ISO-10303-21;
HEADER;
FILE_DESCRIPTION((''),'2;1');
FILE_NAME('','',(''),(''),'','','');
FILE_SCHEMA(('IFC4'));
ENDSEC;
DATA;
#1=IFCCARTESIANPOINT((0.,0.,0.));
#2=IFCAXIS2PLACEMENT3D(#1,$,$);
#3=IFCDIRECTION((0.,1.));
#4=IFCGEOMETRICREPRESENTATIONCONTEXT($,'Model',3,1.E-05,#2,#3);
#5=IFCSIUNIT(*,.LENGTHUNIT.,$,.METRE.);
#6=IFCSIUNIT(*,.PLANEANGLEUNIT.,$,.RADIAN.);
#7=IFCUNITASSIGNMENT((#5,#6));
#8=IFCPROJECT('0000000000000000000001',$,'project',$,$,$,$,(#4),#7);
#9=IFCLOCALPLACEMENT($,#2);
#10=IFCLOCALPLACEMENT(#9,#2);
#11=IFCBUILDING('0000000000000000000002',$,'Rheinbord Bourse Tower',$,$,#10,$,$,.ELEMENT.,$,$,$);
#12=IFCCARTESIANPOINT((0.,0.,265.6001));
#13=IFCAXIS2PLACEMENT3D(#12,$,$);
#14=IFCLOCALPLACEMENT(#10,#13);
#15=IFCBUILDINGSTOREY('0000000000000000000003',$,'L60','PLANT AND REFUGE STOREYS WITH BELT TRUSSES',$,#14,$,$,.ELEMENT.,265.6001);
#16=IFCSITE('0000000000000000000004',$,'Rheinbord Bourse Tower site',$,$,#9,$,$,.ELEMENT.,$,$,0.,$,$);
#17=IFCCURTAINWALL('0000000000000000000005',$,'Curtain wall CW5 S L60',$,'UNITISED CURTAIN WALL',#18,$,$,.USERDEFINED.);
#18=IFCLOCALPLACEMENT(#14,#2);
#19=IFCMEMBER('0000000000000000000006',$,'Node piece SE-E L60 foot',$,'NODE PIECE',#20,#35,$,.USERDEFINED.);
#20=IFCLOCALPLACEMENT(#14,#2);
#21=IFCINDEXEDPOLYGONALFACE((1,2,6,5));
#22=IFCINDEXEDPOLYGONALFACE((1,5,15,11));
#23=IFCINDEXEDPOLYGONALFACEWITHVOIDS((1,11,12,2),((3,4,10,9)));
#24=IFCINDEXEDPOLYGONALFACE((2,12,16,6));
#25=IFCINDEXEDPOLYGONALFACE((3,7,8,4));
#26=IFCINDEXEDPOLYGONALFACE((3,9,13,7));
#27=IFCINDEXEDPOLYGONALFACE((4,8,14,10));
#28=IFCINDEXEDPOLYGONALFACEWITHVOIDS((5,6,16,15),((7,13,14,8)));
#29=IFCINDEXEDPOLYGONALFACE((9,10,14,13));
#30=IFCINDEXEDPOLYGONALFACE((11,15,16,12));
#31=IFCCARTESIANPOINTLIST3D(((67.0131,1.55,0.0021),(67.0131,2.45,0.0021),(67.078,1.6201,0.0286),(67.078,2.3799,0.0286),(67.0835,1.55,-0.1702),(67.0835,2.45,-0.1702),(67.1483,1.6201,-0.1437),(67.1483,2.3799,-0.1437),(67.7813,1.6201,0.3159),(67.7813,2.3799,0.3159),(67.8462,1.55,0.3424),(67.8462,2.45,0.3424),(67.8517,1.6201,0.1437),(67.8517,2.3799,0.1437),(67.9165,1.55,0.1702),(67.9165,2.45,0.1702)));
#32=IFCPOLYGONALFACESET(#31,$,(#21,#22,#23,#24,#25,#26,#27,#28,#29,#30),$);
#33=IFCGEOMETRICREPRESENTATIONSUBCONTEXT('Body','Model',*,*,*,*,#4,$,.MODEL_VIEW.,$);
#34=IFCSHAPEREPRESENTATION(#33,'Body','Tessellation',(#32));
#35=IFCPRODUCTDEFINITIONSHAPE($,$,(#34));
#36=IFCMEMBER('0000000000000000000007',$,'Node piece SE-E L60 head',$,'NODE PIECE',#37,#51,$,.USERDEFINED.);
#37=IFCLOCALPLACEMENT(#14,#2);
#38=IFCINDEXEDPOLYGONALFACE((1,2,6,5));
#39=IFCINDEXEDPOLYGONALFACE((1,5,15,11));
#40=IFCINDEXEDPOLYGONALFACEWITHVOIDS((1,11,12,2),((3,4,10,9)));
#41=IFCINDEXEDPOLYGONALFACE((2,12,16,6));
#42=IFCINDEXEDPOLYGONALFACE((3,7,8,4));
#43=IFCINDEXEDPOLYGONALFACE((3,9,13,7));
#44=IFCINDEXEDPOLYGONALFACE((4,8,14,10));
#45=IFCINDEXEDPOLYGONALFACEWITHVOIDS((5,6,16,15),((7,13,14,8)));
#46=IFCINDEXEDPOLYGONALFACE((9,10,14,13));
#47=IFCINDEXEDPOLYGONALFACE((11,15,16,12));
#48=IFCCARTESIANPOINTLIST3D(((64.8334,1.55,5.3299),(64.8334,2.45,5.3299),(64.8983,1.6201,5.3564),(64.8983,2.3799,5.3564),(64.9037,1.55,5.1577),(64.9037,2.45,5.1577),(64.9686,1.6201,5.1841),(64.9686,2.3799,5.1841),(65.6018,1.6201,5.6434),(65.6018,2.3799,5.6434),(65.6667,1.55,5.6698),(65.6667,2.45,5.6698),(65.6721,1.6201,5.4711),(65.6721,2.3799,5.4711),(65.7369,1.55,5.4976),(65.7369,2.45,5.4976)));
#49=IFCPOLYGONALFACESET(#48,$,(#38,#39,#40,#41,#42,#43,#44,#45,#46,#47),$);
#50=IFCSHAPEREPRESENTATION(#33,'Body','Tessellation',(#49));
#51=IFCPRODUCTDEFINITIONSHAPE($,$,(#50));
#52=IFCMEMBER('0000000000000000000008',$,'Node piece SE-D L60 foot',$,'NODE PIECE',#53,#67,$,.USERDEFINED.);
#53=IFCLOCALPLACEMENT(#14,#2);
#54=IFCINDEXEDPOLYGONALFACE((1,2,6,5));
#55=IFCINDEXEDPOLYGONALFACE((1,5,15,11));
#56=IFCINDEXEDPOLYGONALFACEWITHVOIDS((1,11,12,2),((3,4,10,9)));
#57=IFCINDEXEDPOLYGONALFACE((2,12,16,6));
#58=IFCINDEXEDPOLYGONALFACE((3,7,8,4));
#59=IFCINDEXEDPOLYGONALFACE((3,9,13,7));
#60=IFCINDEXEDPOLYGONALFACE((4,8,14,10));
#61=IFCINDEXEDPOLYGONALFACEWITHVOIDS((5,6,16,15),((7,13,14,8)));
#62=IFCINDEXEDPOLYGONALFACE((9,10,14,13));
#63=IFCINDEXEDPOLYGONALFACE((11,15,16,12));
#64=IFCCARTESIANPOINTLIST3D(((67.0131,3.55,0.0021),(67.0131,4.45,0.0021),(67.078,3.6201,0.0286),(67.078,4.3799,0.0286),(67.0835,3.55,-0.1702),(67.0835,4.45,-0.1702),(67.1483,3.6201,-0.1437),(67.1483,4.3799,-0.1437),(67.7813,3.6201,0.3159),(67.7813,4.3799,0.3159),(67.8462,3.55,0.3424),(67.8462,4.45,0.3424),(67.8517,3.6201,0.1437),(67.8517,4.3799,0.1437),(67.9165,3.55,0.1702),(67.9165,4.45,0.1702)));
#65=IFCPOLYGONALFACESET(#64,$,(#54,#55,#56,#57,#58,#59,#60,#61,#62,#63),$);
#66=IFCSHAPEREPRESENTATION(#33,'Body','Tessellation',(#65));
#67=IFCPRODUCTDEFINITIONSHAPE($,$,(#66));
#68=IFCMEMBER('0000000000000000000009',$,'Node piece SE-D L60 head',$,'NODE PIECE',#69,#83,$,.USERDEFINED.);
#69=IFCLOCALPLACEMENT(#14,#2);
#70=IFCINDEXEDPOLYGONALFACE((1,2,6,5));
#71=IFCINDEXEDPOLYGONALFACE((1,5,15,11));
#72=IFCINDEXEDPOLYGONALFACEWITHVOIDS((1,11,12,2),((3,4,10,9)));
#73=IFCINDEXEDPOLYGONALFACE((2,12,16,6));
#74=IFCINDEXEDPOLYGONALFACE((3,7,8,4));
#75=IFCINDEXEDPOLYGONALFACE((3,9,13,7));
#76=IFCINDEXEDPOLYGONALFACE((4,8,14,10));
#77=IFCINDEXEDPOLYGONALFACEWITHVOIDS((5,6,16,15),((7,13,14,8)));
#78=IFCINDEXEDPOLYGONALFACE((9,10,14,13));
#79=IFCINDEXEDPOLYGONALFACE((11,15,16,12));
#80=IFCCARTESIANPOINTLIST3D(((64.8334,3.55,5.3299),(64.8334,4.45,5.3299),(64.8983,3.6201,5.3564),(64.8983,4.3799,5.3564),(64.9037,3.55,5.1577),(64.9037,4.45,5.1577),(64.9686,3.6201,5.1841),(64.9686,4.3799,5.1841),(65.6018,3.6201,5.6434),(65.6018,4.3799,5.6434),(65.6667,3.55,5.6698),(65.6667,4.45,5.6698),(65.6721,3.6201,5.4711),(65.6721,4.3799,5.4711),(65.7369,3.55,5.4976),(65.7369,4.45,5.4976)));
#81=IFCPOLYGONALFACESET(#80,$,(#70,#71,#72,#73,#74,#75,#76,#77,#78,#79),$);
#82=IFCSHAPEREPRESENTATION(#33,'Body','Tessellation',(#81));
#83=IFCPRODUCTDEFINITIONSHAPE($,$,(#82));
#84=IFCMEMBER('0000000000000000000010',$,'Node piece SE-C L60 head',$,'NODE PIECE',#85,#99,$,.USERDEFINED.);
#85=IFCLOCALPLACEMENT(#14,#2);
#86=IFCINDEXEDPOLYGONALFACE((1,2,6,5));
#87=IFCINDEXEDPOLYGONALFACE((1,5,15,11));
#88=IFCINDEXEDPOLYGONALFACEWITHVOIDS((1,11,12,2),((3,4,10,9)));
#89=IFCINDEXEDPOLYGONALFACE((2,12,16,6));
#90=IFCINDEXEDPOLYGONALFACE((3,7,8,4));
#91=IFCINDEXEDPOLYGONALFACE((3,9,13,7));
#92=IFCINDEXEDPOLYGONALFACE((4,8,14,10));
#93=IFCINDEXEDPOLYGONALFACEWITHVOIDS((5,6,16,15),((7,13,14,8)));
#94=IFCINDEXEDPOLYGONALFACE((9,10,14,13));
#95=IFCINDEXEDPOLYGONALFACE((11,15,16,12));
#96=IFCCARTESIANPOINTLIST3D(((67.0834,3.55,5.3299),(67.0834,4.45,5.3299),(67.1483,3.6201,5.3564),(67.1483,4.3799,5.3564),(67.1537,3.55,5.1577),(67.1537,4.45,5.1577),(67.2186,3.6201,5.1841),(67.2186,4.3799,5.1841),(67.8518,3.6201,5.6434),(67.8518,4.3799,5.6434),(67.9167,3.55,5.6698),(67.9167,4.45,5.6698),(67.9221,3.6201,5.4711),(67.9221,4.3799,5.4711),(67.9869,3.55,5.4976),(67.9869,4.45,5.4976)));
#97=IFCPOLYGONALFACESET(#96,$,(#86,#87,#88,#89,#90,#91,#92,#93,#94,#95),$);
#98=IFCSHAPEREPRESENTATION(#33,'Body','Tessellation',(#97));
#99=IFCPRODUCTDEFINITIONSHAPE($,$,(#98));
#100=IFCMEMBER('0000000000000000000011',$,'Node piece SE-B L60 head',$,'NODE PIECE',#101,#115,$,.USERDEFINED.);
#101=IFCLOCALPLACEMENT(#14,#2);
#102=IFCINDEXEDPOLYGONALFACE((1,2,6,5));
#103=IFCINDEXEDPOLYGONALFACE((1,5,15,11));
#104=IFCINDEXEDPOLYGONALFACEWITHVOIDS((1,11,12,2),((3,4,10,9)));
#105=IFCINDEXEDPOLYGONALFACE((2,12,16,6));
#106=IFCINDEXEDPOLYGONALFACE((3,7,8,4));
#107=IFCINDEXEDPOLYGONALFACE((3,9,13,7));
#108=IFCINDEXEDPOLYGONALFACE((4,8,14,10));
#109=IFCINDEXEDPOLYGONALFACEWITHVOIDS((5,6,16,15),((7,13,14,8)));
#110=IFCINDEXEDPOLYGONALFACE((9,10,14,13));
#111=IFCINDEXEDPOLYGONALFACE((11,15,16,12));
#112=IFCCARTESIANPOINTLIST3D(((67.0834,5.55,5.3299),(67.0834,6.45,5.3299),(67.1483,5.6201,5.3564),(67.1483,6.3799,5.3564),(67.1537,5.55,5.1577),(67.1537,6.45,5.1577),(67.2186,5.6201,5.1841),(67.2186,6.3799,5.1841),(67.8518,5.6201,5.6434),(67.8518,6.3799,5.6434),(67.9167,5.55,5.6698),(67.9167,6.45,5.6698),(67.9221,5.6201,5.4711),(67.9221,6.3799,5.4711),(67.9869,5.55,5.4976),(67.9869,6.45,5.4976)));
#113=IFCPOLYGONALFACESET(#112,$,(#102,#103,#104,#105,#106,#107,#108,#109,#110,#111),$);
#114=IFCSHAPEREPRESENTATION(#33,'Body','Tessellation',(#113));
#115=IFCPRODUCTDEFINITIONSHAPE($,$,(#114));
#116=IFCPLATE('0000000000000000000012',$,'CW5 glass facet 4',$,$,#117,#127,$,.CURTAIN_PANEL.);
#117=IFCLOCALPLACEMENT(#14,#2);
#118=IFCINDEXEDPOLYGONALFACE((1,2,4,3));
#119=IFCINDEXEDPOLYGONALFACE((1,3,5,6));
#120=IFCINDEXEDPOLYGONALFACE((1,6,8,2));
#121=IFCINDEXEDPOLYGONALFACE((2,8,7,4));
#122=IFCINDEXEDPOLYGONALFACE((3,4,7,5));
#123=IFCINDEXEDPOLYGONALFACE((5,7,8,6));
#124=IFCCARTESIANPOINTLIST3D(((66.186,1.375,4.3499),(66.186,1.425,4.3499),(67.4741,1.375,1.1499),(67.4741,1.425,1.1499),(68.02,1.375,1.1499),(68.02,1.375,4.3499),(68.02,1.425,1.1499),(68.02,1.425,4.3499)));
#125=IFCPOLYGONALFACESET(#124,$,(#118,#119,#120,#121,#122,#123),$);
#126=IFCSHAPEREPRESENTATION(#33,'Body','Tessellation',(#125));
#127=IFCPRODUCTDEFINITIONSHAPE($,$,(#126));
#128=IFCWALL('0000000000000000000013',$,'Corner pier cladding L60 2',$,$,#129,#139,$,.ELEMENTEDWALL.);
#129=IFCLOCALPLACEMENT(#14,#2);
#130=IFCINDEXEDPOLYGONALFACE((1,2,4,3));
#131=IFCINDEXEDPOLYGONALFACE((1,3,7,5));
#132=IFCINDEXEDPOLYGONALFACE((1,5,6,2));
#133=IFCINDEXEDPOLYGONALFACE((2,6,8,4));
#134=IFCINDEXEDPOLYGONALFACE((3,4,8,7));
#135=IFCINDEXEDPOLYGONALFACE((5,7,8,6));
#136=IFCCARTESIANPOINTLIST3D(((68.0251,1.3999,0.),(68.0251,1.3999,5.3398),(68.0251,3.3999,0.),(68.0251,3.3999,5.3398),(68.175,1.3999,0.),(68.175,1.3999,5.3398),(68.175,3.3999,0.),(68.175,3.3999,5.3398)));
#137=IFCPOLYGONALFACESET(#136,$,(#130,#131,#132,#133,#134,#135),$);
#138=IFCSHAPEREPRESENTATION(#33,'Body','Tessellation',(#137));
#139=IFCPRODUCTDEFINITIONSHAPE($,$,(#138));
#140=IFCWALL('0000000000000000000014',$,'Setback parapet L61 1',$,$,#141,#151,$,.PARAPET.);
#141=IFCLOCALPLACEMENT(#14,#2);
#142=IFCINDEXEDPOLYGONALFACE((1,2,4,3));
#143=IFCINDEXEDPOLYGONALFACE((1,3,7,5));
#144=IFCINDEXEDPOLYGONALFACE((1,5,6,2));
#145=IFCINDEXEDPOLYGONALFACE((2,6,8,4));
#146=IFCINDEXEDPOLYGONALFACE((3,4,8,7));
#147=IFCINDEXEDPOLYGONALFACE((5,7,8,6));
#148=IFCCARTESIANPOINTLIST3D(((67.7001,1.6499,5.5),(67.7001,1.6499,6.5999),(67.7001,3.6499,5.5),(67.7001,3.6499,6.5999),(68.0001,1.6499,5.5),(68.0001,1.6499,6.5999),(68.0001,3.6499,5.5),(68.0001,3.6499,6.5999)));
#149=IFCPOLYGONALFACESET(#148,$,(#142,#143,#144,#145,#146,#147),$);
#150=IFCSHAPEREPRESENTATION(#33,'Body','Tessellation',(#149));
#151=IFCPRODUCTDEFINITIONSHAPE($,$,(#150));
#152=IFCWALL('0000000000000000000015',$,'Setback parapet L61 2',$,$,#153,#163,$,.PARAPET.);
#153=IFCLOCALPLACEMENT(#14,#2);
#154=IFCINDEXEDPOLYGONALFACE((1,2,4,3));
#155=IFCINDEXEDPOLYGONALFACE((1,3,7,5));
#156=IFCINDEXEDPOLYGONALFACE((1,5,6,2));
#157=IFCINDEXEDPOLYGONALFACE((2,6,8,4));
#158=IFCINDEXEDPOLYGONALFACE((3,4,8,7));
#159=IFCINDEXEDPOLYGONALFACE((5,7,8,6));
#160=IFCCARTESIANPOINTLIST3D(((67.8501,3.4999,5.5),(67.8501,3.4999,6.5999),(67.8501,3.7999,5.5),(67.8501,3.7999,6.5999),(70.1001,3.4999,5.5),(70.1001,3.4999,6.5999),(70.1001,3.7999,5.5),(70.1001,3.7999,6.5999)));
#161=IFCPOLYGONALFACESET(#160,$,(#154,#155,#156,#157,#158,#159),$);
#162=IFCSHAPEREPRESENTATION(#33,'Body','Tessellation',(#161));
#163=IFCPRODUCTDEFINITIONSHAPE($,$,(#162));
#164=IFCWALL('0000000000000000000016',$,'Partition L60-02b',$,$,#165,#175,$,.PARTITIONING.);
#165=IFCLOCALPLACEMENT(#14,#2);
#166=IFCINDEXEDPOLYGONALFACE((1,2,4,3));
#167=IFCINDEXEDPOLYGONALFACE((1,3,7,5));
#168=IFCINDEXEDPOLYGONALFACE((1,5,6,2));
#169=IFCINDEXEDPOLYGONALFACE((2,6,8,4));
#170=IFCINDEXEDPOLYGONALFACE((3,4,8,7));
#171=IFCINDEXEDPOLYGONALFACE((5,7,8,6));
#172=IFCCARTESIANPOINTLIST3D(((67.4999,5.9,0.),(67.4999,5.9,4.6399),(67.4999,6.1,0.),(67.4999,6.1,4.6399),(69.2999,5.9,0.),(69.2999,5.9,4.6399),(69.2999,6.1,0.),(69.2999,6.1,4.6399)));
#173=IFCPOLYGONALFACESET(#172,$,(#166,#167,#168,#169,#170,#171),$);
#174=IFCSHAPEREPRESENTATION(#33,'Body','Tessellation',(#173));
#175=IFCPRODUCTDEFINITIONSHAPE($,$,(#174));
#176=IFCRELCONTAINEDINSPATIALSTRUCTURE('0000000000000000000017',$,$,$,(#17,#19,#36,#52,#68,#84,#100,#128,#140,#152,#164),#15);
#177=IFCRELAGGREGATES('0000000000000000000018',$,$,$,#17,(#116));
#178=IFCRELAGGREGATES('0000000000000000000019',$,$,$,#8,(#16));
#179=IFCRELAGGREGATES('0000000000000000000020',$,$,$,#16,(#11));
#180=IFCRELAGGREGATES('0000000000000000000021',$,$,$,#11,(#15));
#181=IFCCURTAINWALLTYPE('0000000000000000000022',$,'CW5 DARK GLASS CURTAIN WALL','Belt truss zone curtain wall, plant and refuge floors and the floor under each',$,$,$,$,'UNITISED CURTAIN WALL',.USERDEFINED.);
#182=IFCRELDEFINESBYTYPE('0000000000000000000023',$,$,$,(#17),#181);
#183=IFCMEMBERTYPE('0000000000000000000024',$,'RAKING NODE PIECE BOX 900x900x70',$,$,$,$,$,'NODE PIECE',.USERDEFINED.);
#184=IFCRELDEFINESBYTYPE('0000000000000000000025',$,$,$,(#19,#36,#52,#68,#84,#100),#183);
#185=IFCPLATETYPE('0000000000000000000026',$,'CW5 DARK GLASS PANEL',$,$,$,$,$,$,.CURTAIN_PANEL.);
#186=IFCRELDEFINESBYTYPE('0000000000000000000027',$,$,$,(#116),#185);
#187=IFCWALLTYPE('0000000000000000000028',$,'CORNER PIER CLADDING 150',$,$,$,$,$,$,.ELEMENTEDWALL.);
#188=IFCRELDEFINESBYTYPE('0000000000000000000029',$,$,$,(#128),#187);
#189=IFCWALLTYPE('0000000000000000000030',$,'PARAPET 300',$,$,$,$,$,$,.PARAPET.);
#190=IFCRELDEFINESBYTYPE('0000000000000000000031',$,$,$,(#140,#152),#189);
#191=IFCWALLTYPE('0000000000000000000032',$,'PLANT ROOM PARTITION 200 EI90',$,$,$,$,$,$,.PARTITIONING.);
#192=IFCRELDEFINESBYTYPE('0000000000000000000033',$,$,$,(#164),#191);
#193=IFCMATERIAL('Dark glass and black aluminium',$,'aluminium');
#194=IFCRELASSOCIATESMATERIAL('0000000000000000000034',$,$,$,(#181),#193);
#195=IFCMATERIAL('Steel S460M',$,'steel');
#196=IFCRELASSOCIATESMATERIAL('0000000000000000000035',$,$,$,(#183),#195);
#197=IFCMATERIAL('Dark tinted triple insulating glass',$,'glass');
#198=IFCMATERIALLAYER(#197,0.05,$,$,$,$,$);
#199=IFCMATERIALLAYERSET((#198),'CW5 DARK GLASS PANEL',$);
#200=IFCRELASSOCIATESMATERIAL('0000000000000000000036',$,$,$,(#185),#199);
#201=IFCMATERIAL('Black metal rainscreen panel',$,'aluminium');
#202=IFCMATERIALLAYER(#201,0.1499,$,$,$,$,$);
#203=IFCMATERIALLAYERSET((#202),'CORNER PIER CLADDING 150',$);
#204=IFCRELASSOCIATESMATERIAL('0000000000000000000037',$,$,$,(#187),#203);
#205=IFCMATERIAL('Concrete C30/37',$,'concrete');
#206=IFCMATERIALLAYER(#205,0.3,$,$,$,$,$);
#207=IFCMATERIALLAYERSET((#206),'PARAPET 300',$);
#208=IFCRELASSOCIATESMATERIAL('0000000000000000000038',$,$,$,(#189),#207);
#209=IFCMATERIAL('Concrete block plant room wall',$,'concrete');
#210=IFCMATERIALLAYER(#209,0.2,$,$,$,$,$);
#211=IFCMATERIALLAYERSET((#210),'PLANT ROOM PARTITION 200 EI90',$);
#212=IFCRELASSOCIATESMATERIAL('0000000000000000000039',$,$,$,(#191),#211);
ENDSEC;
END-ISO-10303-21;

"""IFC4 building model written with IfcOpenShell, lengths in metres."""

from ifc_helpers import new_model, si_unit, direction, frame, frame_2d, origin, origin_2d, place, context, subcontext, project, spatial, polyline, rectangle, hollow_rectangle, outline, extrude, material, layer, layer_set, material_profile, profile_set, type_object, element, aggregate, save


model = new_model("IFC4")

# Units and contexts
model_context = context("Model", 3, precision=1e-05, world=origin(), true_north=direction((0.0, 1.0)))
body_context = subcontext(model_context, "Body", "Model", "MODEL_VIEW")
ifc_project = project(units=[si_unit("LENGTHUNIT", "METRE"), si_unit("PLANEANGLEUNIT", "RADIAN")], contexts=[model_context])

# Site, building, storey
site_placement = place(None, origin())
site = spatial("IfcSite", under=ifc_project, at=site_placement, Name="Rheinbord Bourse Tower site", CompositionType="ELEMENT", RefElevation=0.0)
building_placement = place(site_placement, origin())
building = spatial("IfcBuilding", under=site, at=building_placement, Name="Rheinbord Bourse Tower", CompositionType="ELEMENT")
storey_placement = place(building_placement, frame((0.0, 0.0, 265.6001)))
storey = spatial("IfcBuildingStorey", under=building, at=storey_placement, Name="L60", Description="PLANT AND REFUGE STOREYS WITH BELT TRUSSES", CompositionType="ELEMENT", Elevation=265.6001)

# Curtain wall
ifc_material_1 = material(Name="Dark glass and black aluminium", Category="aluminium")
curtain_wall_type = type_object("IfcCurtainWallType", Name="CW5 DARK GLASS CURTAIN WALL", Description="Belt truss zone curtain wall, plant and refuge floors and the floor under each", ElementType="UNITISED CURTAIN WALL", PredefinedType="USERDEFINED", material=ifc_material_1)
curtain_wall_placement = place(storey_placement, origin())
curtain_wall = element("IfcCurtainWall", 1, at=curtain_wall_placement, inside=storey, type_object=curtain_wall_type, Name="Curtain wall CW5 S L60", ObjectType="UNITISED CURTAIN WALL", PredefinedType="USERDEFINED")

# Members
ifc_material_2 = material(Name="Steel S460M", Category="steel")
ifc_material_profile_1 = material_profile(ifc_material_2, hollow_rectangle(XDim=0.8999, YDim=0.8999, WallThickness=0.0701, at=origin_2d()), Name="BOX 900x900x70")
ifc_profile_set_1 = profile_set([ifc_material_profile_1], Name="Steel S460M")
member_type_1 = type_object("IfcMemberType", Name="RAKING NODE PIECE BOX 900x900x70", ElementType="NODE PIECE", PredefinedType="USERDEFINED", material=ifc_profile_set_1)
for number, where, z_axis, x_axis, name in (
    (2, (67.5, 2.0, 0.0), (-0.378173, 0.0, 0.925735), (0.0, -1.0, 0.0), "Node piece SE-E L60 foot"),
    (3, (65.3203, 2.0, 5.3276), (-0.377713, 0.0, 0.925923), (0.0, -1.0, 0.0), "Node piece SE-E L60 head"),
    (4, (67.5, 4.0, 0.0), (-0.378173, 0.0, 0.925735), (0.0, -1.0, 0.0), "Node piece SE-D L60 foot"),
    (5, (65.3203, 4.0, 5.3276), (-0.377713, 0.0, 0.925923), (0.0, -1.0, 0.0), "Node piece SE-D L60 head"),
    (6, (67.5703, 4.0, 5.3276), (-0.377713, 0.0, 0.925923), (0.925923, 0.0, 0.377713), "Node piece SE-C L60 head"),
    (7, (67.5703, 6.0, 5.3276), (-0.377713, 0.0, 0.925923), (0.925923, 0.0, 0.377713), "Node piece SE-B L60 head"),
):
    element("IfcMember", number, at=place(storey_placement, frame(where, z_axis=z_axis, x_axis=x_axis)), inside=storey, type_object=member_type_1, Name=name, ObjectType="NODE PIECE", PredefinedType="USERDEFINED", context=body_context, shape_type="SweptSolid", body=[
        extrude(hollow_rectangle(XDim=0.8999, YDim=0.8999, WallThickness=0.0701, at=origin_2d()), origin(), (0.0, 0.0, 1.0), 0.186),
    ])

# Plate
ifc_material_3 = material(Name="Dark tinted triple insulating glass", Category="glass")
ifc_layer_1 = layer(ifc_material_3, 0.05)
ifc_layer_set_1 = layer_set([ifc_layer_1], Name="CW5 DARK GLASS PANEL")
plate_type = type_object("IfcPlateType", Name="CW5 DARK GLASS PANEL", PredefinedType="CURTAIN_PANEL", material=ifc_layer_set_1)
plate_placement = place(storey_placement, frame((68.02, 1.375, 4.3499), z_axis=(0.0, 1.0, 0.0), x_axis=(0.0, 0.0, -1.0)))
plate = element("IfcPlate", 8, at=plate_placement, type_object=plate_type, Name="CW5 glass facet 4", PredefinedType="CURTAIN_PANEL", context=body_context, shape_type="SweptSolid", body=[
    extrude(outline(polyline([(0.0, 0.0), (3.2, 0.0), (3.2, 0.5459), (0.0, 1.834), (0.0, 0.0)])), origin(), (0.0, 0.0, 1.0), 0.05),
])
aggregate(curtain_wall, [plate])

# Walls
ifc_material_4 = material(Name="Black metal rainscreen panel", Category="aluminium")
ifc_layer_2 = layer(ifc_material_4, 0.1499)
ifc_layer_set_2 = layer_set([ifc_layer_2], Name="CORNER PIER CLADDING 150")
wall_type_1 = type_object("IfcWallType", Name="CORNER PIER CLADDING 150", PredefinedType="ELEMENTEDWALL", material=ifc_layer_set_2)
wall_1_placement = place(storey_placement, frame((68.1001, 1.3999, 0.0), z_axis=(0.0, 0.0, 1.0), x_axis=(0.0, 1.0, 0.0)))
element("IfcWall", 9, at=wall_1_placement, inside=storey, type_object=wall_type_1, Name="Corner pier cladding L60 2", PredefinedType="ELEMENTEDWALL", context=body_context, shape_type="SweptSolid", body=[
    extrude(rectangle(XDim=2.0, YDim=0.1499, at=frame_2d((1.0, 0.0))), origin(), (0.0, 0.0, 1.0), 5.3398),
])
ifc_material_5 = material(Name="Concrete C30/37", Category="concrete")
ifc_layer_3 = layer(ifc_material_5, 0.3)
ifc_layer_set_3 = layer_set([ifc_layer_3], Name="PARAPET 300")
wall_type_2 = type_object("IfcWallType", Name="PARAPET 300", PredefinedType="PARAPET", material=ifc_layer_set_3)
wall_2_placement = place(storey_placement, frame((67.8501, 1.6499, 5.5), z_axis=(0.0, 0.0, 1.0), x_axis=(0.0, 1.0, 0.0)))
element("IfcWall", 10, at=wall_2_placement, inside=storey, type_object=wall_type_2, Name="Setback parapet L61 1", PredefinedType="PARAPET", context=body_context, shape_type="SweptSolid", body=[
    extrude(rectangle(XDim=2.0, YDim=0.3, at=frame_2d((1.0, 0.0))), origin(), (0.0, 0.0, 1.0), 1.0999),
])
wall_3_placement = place(storey_placement, frame((67.8501, 3.6499, 5.5), z_axis=(0.0, 0.0, 1.0), x_axis=(1.0, 0.0, 0.0)))
element("IfcWall", 11, at=wall_3_placement, inside=storey, type_object=wall_type_2, Name="Setback parapet L61 2", PredefinedType="PARAPET", context=body_context, shape_type="SweptSolid", body=[
    extrude(rectangle(XDim=2.25, YDim=0.3, at=frame_2d((1.125, 0.0))), origin(), (0.0, 0.0, 1.0), 1.0999),
])
ifc_material_6 = material(Name="Concrete block plant room wall", Category="concrete")
ifc_layer_4 = layer(ifc_material_6, 0.2)
ifc_layer_set_4 = layer_set([ifc_layer_4], Name="PLANT ROOM PARTITION 200 EI90")
wall_type_3 = type_object("IfcWallType", Name="PLANT ROOM PARTITION 200 EI90", PredefinedType="PARTITIONING", material=ifc_layer_set_4)
wall_4_placement = place(storey_placement, frame((67.5, 6.0, 0.0), z_axis=(0.0, 0.0, 1.0), x_axis=(1.0, 0.0, 0.0)))
element("IfcWall", 12, at=wall_4_placement, inside=storey, type_object=wall_type_3, Name="Partition L60-02b", PredefinedType="PARTITIONING", context=body_context, shape_type="SweptSolid", body=[
    extrude(rectangle(XDim=1.8, YDim=0.2, at=frame_2d((0.8999, 0.0))), origin(), (0.0, 0.0, 1.0), 4.6399),
])

save(model, "model.ifc")
